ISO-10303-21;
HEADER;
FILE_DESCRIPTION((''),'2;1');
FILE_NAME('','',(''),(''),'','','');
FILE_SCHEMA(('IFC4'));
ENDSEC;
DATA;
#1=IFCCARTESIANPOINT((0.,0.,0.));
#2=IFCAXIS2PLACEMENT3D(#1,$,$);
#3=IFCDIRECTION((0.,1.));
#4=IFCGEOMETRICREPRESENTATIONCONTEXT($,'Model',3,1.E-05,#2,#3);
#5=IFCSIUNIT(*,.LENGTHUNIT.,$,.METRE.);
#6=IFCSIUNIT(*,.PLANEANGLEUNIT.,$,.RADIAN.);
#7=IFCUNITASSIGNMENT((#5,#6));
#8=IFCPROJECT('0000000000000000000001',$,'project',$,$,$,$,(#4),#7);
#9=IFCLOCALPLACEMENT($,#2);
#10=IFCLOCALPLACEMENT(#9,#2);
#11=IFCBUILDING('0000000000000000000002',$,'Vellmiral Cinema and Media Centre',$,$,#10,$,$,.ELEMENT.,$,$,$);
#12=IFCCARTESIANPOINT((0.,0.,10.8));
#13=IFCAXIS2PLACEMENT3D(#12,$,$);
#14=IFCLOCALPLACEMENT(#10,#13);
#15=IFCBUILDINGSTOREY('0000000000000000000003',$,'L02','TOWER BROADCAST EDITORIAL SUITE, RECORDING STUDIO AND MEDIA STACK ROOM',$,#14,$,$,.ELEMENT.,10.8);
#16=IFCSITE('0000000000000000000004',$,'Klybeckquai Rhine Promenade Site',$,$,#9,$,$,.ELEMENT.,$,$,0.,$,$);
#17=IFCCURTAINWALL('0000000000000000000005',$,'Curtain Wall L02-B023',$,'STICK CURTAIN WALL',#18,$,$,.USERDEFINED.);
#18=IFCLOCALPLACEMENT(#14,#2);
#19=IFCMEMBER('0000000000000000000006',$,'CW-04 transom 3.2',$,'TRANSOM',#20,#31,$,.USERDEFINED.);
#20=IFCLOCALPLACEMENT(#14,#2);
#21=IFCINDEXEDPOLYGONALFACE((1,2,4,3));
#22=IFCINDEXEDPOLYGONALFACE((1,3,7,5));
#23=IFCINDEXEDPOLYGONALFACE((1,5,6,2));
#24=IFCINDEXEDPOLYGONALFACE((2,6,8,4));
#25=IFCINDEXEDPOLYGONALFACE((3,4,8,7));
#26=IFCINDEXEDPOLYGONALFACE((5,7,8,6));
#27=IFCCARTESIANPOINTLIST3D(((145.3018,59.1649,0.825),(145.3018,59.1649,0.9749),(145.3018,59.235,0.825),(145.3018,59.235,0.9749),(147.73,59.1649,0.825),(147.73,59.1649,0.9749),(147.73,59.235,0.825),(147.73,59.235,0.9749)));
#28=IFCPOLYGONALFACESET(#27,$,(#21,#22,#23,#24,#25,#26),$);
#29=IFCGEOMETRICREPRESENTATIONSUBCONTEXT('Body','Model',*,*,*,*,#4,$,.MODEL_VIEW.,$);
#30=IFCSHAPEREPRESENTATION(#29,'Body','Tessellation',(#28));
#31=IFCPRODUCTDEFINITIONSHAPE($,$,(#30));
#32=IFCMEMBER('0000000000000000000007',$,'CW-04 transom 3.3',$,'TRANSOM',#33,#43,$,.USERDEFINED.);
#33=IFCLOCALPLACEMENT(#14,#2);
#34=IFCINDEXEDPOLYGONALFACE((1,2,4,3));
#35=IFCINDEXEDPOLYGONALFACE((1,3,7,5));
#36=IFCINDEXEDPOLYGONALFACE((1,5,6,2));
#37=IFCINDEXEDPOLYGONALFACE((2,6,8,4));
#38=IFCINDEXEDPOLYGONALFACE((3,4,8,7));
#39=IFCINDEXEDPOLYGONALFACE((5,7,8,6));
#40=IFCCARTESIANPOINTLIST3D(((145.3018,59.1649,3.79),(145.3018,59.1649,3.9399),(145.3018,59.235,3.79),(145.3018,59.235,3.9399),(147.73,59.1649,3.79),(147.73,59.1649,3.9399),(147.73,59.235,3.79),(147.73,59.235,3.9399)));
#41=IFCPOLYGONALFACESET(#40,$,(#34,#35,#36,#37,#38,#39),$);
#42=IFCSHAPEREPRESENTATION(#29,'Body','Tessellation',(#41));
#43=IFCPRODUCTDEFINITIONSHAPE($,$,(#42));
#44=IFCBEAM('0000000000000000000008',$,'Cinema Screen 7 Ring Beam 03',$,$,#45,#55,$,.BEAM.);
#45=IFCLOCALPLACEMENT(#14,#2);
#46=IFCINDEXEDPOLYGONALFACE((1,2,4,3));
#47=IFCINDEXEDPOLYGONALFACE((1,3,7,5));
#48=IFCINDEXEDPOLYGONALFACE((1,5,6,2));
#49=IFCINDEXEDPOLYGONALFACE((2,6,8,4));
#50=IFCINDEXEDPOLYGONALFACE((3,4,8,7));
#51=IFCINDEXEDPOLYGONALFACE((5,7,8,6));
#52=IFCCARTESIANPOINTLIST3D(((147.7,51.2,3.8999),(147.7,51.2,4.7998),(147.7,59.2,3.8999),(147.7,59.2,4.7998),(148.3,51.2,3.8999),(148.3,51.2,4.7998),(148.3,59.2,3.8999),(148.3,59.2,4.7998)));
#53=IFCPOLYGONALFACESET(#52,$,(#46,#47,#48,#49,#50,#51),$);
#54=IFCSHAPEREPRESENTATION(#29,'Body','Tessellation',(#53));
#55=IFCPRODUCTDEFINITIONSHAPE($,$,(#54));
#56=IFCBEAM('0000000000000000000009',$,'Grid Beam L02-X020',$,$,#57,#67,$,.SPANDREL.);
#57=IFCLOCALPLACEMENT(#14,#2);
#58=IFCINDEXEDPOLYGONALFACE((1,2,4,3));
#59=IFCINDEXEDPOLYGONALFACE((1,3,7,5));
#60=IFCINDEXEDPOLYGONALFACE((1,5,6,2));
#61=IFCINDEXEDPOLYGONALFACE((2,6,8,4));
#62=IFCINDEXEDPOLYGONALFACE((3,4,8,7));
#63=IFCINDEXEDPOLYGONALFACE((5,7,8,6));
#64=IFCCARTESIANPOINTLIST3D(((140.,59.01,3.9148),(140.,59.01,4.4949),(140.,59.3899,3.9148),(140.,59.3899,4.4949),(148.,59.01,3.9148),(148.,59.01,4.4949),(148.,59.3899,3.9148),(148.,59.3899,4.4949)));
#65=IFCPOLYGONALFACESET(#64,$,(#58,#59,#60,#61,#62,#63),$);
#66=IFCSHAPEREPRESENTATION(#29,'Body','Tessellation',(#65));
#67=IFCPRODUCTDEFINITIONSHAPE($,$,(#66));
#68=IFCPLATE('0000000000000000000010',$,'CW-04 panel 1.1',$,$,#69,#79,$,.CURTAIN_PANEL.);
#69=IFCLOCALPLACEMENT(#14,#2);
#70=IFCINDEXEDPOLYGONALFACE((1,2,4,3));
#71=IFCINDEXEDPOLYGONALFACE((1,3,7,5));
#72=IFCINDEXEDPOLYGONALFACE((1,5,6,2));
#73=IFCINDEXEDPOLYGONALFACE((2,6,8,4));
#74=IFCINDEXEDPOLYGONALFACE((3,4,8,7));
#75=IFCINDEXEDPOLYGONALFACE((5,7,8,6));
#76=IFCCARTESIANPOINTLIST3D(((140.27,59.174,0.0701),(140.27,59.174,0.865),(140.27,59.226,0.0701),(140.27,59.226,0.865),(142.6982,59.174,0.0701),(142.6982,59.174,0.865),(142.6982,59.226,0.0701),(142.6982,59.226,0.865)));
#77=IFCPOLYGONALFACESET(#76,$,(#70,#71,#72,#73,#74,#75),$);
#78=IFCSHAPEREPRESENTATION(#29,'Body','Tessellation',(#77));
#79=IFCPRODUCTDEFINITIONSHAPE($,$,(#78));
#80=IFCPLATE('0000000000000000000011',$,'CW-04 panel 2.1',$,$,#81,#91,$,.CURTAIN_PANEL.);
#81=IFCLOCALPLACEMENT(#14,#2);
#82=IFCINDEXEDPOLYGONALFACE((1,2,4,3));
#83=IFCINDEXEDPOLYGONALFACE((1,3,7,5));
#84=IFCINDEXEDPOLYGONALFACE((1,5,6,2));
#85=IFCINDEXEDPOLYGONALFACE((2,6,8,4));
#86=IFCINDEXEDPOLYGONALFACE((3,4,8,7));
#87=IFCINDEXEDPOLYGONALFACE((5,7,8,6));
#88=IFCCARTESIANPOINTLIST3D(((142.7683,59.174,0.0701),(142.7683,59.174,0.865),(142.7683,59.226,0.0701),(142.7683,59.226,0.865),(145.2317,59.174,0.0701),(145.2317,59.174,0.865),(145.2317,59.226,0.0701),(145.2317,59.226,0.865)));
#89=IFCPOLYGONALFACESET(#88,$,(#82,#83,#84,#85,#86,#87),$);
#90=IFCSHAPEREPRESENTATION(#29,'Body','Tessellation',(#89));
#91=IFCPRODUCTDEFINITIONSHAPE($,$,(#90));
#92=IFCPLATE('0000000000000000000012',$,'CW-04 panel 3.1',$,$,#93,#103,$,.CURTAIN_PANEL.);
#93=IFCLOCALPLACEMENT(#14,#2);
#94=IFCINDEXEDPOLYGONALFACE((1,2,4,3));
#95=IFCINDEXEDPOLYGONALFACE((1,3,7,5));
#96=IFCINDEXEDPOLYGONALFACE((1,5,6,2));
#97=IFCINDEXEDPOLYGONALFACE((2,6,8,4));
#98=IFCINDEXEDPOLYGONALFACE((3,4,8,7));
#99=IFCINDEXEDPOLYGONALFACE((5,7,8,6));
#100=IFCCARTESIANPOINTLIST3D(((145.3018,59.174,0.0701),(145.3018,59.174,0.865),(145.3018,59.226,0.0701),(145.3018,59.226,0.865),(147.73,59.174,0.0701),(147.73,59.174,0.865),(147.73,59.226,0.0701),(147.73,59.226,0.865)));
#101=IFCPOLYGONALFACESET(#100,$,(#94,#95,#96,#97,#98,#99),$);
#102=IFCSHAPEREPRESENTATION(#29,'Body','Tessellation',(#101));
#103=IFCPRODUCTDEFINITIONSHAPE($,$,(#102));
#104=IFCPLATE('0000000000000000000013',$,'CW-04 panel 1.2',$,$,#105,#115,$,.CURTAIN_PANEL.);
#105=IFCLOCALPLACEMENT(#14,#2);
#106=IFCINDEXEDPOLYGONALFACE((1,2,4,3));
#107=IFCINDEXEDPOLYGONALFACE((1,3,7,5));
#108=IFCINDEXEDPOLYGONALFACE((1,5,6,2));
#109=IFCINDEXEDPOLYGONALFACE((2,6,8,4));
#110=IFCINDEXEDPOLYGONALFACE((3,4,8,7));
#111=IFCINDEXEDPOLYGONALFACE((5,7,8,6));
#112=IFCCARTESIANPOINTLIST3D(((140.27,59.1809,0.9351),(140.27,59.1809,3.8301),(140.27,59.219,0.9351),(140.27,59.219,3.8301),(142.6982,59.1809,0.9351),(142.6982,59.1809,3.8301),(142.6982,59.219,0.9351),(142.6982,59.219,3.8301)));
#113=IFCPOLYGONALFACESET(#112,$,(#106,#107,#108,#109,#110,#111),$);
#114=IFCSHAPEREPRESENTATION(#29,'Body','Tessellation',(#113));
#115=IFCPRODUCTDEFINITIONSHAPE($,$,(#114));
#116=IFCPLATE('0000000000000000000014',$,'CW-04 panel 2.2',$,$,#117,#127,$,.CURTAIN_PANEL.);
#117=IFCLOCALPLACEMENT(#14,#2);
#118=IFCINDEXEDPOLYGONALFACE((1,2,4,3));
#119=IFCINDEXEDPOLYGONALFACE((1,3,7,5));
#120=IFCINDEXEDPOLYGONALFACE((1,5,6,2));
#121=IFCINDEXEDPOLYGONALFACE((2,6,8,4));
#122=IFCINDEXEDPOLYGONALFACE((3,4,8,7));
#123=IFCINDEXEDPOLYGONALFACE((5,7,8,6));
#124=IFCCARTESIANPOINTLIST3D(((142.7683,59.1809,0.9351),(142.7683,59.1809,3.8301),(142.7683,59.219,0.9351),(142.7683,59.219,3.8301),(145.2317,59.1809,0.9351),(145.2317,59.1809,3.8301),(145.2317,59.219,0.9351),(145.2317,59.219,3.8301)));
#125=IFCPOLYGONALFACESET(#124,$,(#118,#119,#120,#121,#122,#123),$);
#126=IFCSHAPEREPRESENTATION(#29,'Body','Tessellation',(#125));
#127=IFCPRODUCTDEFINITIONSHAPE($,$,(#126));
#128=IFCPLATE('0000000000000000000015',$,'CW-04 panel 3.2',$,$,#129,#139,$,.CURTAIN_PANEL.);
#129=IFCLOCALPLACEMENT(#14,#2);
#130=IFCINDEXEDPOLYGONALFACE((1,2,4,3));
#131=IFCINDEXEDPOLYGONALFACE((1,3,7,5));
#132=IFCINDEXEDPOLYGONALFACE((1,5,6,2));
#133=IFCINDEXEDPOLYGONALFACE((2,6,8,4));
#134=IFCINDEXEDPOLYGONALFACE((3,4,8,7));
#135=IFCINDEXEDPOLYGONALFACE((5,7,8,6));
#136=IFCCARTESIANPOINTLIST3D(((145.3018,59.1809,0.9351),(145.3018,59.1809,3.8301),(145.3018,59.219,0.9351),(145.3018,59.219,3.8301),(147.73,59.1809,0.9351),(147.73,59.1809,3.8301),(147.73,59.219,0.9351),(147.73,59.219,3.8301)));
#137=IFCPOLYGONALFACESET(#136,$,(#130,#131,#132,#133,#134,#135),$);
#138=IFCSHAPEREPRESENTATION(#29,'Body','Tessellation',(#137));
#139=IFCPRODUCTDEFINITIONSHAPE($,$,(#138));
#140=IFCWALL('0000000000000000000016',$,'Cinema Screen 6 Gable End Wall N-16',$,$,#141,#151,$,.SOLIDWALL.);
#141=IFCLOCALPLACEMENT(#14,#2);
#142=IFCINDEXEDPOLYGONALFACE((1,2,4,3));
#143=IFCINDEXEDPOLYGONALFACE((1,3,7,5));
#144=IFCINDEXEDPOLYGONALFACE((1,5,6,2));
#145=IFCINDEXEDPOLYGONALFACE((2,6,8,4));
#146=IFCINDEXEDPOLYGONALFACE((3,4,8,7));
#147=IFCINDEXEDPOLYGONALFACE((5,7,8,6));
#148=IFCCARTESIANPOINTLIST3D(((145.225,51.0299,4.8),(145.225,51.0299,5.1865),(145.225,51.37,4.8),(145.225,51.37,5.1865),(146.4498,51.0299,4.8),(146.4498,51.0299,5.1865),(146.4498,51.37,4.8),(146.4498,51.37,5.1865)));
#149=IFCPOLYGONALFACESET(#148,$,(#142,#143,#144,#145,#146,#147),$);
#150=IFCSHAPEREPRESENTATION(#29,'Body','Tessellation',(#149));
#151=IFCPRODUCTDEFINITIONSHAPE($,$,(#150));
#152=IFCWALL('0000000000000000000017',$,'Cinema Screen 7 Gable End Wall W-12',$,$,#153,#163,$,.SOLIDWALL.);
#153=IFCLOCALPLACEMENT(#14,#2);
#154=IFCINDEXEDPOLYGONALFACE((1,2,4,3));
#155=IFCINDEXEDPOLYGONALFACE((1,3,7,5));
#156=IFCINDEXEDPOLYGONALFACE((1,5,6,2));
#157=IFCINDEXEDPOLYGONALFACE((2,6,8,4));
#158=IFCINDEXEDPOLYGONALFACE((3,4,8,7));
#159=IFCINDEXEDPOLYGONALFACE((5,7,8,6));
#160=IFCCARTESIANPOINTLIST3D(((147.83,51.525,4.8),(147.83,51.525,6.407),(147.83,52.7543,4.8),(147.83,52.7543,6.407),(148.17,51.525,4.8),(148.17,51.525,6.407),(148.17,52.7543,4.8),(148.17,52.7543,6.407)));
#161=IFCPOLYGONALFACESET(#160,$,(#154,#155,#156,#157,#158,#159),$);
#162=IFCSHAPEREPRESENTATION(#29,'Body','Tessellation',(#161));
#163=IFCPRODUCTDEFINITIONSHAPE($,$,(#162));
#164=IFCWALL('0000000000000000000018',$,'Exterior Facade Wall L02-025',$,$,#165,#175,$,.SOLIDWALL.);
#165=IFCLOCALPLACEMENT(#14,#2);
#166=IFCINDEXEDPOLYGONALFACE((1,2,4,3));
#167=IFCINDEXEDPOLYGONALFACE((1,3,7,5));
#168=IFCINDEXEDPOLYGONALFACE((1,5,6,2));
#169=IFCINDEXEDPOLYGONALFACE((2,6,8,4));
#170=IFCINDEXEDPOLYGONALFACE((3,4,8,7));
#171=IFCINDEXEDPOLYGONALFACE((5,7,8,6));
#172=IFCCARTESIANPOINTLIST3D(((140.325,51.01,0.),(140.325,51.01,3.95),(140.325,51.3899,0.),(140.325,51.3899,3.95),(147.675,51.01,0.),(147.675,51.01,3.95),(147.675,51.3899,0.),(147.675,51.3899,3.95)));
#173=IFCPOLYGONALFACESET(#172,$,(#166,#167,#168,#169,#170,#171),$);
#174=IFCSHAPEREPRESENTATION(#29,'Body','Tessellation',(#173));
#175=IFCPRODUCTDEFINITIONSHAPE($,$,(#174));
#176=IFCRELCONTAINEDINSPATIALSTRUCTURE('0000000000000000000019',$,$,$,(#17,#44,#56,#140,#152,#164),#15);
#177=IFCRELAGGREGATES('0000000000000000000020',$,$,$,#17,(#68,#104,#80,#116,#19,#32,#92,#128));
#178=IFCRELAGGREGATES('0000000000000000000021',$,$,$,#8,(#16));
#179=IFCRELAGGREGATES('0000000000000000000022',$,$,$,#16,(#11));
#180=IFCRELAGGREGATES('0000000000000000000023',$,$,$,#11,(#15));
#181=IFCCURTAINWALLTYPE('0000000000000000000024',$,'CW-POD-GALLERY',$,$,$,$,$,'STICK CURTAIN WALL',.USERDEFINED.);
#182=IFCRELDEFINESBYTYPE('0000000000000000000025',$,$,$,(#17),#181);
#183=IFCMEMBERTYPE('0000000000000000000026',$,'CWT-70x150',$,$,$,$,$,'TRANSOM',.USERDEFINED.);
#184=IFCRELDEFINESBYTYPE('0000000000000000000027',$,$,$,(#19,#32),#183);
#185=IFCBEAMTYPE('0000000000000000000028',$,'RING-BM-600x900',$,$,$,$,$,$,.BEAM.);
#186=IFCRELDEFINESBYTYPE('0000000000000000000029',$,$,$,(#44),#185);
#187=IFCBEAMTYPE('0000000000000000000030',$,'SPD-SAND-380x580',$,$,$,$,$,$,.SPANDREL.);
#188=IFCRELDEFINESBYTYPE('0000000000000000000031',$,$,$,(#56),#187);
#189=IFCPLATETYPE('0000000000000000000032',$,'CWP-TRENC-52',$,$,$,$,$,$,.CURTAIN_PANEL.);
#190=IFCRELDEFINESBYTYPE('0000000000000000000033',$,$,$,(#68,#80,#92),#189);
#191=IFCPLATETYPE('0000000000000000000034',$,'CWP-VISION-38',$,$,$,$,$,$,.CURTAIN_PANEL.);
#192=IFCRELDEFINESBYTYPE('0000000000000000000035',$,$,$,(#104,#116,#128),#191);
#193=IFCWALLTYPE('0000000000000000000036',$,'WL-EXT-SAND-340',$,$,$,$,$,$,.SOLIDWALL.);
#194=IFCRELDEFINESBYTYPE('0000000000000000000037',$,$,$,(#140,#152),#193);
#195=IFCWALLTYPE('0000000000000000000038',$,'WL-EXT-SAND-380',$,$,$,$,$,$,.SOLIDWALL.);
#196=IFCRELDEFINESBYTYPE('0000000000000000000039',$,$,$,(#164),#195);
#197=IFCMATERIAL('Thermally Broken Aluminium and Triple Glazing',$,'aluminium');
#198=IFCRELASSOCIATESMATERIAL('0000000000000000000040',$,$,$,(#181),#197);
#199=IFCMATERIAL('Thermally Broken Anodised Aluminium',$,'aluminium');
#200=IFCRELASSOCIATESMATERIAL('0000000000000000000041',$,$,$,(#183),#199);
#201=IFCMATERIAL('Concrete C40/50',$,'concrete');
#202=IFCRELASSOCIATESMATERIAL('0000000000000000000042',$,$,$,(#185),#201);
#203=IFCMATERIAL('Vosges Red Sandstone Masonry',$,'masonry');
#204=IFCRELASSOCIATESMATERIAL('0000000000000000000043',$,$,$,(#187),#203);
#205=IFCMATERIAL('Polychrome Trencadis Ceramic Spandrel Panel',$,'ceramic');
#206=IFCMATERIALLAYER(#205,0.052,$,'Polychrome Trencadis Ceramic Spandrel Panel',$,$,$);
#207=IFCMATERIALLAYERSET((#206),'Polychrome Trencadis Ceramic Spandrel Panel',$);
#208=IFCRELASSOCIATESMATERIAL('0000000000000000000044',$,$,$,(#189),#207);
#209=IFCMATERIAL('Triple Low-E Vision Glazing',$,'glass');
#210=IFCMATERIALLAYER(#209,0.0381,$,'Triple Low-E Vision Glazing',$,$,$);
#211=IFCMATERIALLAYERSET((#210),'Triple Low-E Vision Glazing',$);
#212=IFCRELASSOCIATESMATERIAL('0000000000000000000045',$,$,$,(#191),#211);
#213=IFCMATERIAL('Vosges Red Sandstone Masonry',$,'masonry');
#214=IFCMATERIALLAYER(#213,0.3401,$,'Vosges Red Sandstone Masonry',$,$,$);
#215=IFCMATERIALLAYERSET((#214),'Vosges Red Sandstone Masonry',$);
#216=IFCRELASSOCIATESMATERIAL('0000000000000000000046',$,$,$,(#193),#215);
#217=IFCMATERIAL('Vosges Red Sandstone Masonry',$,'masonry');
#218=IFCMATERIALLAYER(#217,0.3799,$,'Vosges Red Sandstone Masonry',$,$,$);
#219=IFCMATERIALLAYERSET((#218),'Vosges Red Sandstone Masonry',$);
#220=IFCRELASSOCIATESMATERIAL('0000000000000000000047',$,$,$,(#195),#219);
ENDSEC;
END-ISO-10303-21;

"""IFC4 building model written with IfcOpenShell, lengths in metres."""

from ifc_helpers import new_model, si_unit, direction, frame, frame_2d, origin, origin_2d, place, context, subcontext, project, spatial, rectangle, extrude, material, layer, layer_set, material_profile, profile_set, type_object, element, aggregate, save


model = new_model("IFC4")

# Units and contexts
model_context = context("Model", 3, precision=1e-05, world=origin(), true_north=direction((0.0, 1.0)))
body_context = subcontext(model_context, "Body", "Model", "MODEL_VIEW")
ifc_project = project(units=[si_unit("LENGTHUNIT", "METRE"), si_unit("PLANEANGLEUNIT", "RADIAN")], contexts=[model_context])

# Site, building, storey
site_placement = place(None, origin())
site = spatial("IfcSite", under=ifc_project, at=site_placement, Name="Klybeckquai Rhine Promenade Site", CompositionType="ELEMENT", RefElevation=0.0)
building_placement = place(site_placement, origin())
building = spatial("IfcBuilding", under=site, at=building_placement, Name="Vellmiral Cinema and Media Centre", CompositionType="ELEMENT")
storey_placement = place(building_placement, frame((0.0, 0.0, 10.8)))
storey = spatial("IfcBuildingStorey", under=building, at=storey_placement, Name="L02", Description="TOWER BROADCAST EDITORIAL SUITE, RECORDING STUDIO AND MEDIA STACK ROOM", CompositionType="ELEMENT", Elevation=10.8)

# Curtain wall, members
ifc_material_1 = material(Name="Thermally Broken Aluminium and Triple Glazing", Category="aluminium")
curtain_wall_type = type_object("IfcCurtainWallType", Name="CW-POD-GALLERY", ElementType="STICK CURTAIN WALL", PredefinedType="USERDEFINED", material=ifc_material_1)
curtain_wall_placement = place(storey_placement, origin())
curtain_wall = element("IfcCurtainWall", 1, at=curtain_wall_placement, inside=storey, type_object=curtain_wall_type, Name="Curtain Wall L02-B023", ObjectType="STICK CURTAIN WALL", PredefinedType="USERDEFINED")
ifc_material_2 = material(Name="Thermally Broken Anodised Aluminium", Category="aluminium")
ifc_material_profile_1 = material_profile(ifc_material_2, rectangle(XDim=0.0701, YDim=0.1499, at=origin_2d()), Name="MULL 70x150")
ifc_profile_set_1 = profile_set([ifc_material_profile_1], Name="Thermally Broken Anodised Aluminium")
member_type_1 = type_object("IfcMemberType", Name="CWT-70x150", ElementType="TRANSOM", PredefinedType="USERDEFINED", material=ifc_profile_set_1)
member_1_placement = place(storey_placement, frame((145.3018, 59.2, 0.8999), z_axis=(1.0, 0.0, 0.0), x_axis=(0.0, 1.0, 0.0)))
member_1 = element("IfcMember", 2, at=member_1_placement, type_object=member_type_1, Name="CW-04 transom 3.2", ObjectType="TRANSOM", PredefinedType="USERDEFINED", context=body_context, shape_type="SweptSolid", body=[
    extrude(rectangle(XDim=0.0701, YDim=0.1499, at=origin_2d()), origin(), (0.0, 0.0, 1.0), 2.4282),
])
member_2_placement = place(storey_placement, frame((145.3018, 59.2, 3.865), z_axis=(1.0, 0.0, 0.0), x_axis=(0.0, 1.0, 0.0)))
member_2 = element("IfcMember", 3, at=member_2_placement, type_object=member_type_1, Name="CW-04 transom 3.3", ObjectType="TRANSOM", PredefinedType="USERDEFINED", context=body_context, shape_type="SweptSolid", body=[
    extrude(rectangle(XDim=0.0701, YDim=0.1499, at=origin_2d()), origin(), (0.0, 0.0, 1.0), 2.4282),
])

# Beams
ifc_material_3 = material(Name="Concrete C40/50", Category="concrete")
ifc_material_profile_2 = material_profile(ifc_material_3, rectangle(XDim=0.6001, YDim=0.8999, at=origin_2d()), Name="RC 600x900")
ifc_profile_set_2 = profile_set([ifc_material_profile_2], Name="Concrete C40/50")
beam_type_1 = type_object("IfcBeamType", Name="RING-BM-600x900", PredefinedType="BEAM", material=ifc_profile_set_2)
beam_1_placement = place(storey_placement, frame((148.0, 51.2, 4.3499), z_axis=(0.0, 1.0, 0.0), x_axis=(-1.0, 0.0, 0.0)))
element("IfcBeam", 4, at=beam_1_placement, inside=storey, type_object=beam_type_1, Name="Cinema Screen 7 Ring Beam 03", PredefinedType="BEAM", context=body_context, shape_type="SweptSolid", body=[
    extrude(rectangle(XDim=0.6001, YDim=0.8999, at=origin_2d()), origin(), (0.0, 0.0, 1.0), 8.0),
])
ifc_material_4 = material(Name="Vosges Red Sandstone Masonry", Category="masonry")
ifc_material_profile_3 = material_profile(ifc_material_4, rectangle(XDim=0.3799, YDim=0.5801, at=origin_2d()), Name="SAND 380x580")
ifc_profile_set_3 = profile_set([ifc_material_profile_3], Name="Vosges Red Sandstone Masonry")
beam_type_2 = type_object("IfcBeamType", Name="SPD-SAND-380x580", PredefinedType="SPANDREL", material=ifc_profile_set_3)
beam_2_placement = place(storey_placement, frame((140.0, 59.2, 4.2048), z_axis=(1.0, 0.0, 0.0), x_axis=(0.0, 1.0, 0.0)))
element("IfcBeam", 5, at=beam_2_placement, inside=storey, type_object=beam_type_2, Name="Grid Beam L02-X020", PredefinedType="SPANDREL", context=body_context, shape_type="SweptSolid", body=[
    extrude(rectangle(XDim=0.3799, YDim=0.5801, at=origin_2d()), origin(), (0.0, 0.0, 1.0), 8.0),
])

# Plates
ifc_material_5 = material(Name="Polychrome Trencadis Ceramic Spandrel Panel", Category="ceramic")
ifc_layer_1 = layer(ifc_material_5, 0.052, Name="Polychrome Trencadis Ceramic Spandrel Panel")
ifc_layer_set_1 = layer_set([ifc_layer_1], Name="Polychrome Trencadis Ceramic Spandrel Panel")
plate_type_1 = type_object("IfcPlateType", Name="CWP-TRENC-52", PredefinedType="CURTAIN_PANEL", material=ifc_layer_set_1)
plate_1_placement = place(storey_placement, frame((141.4841, 59.2, 0.0701), z_axis=(0.0, 0.0, 1.0), x_axis=(1.0, 0.0, 0.0)))
plate_1 = element("IfcPlate", 6, at=plate_1_placement, type_object=plate_type_1, Name="CW-04 panel 1.1", PredefinedType="CURTAIN_PANEL", context=body_context, shape_type="SweptSolid", body=[
    extrude(rectangle(XDim=2.4282, YDim=0.052, at=origin_2d()), origin(), (0.0, 0.0, 1.0), 0.7949),
])
plate_2_placement = place(storey_placement, frame((144.0, 59.2, 0.0701), z_axis=(0.0, 0.0, 1.0), x_axis=(1.0, 0.0, 0.0)))
plate_2 = element("IfcPlate", 7, at=plate_2_placement, type_object=plate_type_1, Name="CW-04 panel 2.1", PredefinedType="CURTAIN_PANEL", context=body_context, shape_type="SweptSolid", body=[
    extrude(rectangle(XDim=2.4634, YDim=0.052, at=origin_2d()), origin(), (0.0, 0.0, 1.0), 0.7949),
])
plate_3_placement = place(storey_placement, frame((146.5159, 59.2, 0.0701), z_axis=(0.0, 0.0, 1.0), x_axis=(1.0, 0.0, 0.0)))
plate_3 = element("IfcPlate", 8, at=plate_3_placement, type_object=plate_type_1, Name="CW-04 panel 3.1", PredefinedType="CURTAIN_PANEL", context=body_context, shape_type="SweptSolid", body=[
    extrude(rectangle(XDim=2.4282, YDim=0.052, at=origin_2d()), origin(), (0.0, 0.0, 1.0), 0.7949),
])
ifc_material_6 = material(Name="Triple Low-E Vision Glazing", Category="glass")
ifc_layer_2 = layer(ifc_material_6, 0.0381, Name="Triple Low-E Vision Glazing")
ifc_layer_set_2 = layer_set([ifc_layer_2], Name="Triple Low-E Vision Glazing")
plate_type_2 = type_object("IfcPlateType", Name="CWP-VISION-38", PredefinedType="CURTAIN_PANEL", material=ifc_layer_set_2)
plate_4_placement = place(storey_placement, frame((141.4841, 59.2, 0.9351), z_axis=(0.0, 0.0, 1.0), x_axis=(1.0, 0.0, 0.0)))
plate_4 = element("IfcPlate", 9, at=plate_4_placement, type_object=plate_type_2, Name="CW-04 panel 1.2", PredefinedType="CURTAIN_PANEL", context=body_context, shape_type="SweptSolid", body=[
    extrude(rectangle(XDim=2.4282, YDim=0.0381, at=origin_2d()), origin(), (0.0, 0.0, 1.0), 2.895),
])
plate_5_placement = place(storey_placement, frame((144.0, 59.2, 0.9351), z_axis=(0.0, 0.0, 1.0), x_axis=(1.0, 0.0, 0.0)))
plate_5 = element("IfcPlate", 10, at=plate_5_placement, type_object=plate_type_2, Name="CW-04 panel 2.2", PredefinedType="CURTAIN_PANEL", context=body_context, shape_type="SweptSolid", body=[
    extrude(rectangle(XDim=2.4634, YDim=0.0381, at=origin_2d()), origin(), (0.0, 0.0, 1.0), 2.895),
])
plate_6_placement = place(storey_placement, frame((146.5159, 59.2, 0.9351), z_axis=(0.0, 0.0, 1.0), x_axis=(1.0, 0.0, 0.0)))
plate_6 = element("IfcPlate", 11, at=plate_6_placement, type_object=plate_type_2, Name="CW-04 panel 3.2", PredefinedType="CURTAIN_PANEL", context=body_context, shape_type="SweptSolid", body=[
    extrude(rectangle(XDim=2.4282, YDim=0.0381, at=origin_2d()), origin(), (0.0, 0.0, 1.0), 2.895),
])
aggregate(curtain_wall, [plate_1, plate_4, plate_2, plate_5, member_1, member_2, plate_3, plate_6])

# Walls
ifc_material_7 = material(Name="Vosges Red Sandstone Masonry", Category="masonry")
ifc_layer_3 = layer(ifc_material_7, 0.3401, Name="Vosges Red Sandstone Masonry")
ifc_layer_set_3 = layer_set([ifc_layer_3], Name="Vosges Red Sandstone Masonry")
wall_type_1 = type_object("IfcWallType", Name="WL-EXT-SAND-340", PredefinedType="SOLIDWALL", material=ifc_layer_set_3)
wall_1_placement = place(storey_placement, frame((145.2251, 51.2, 4.8), z_axis=(0.0, 0.0, 1.0), x_axis=(1.0, 0.0, 0.0)))
element("IfcWall", 12, at=wall_1_placement, inside=storey, type_object=wall_type_1, Name="Cinema Screen 6 Gable End Wall N-16", PredefinedType="SOLIDWALL", context=body_context, shape_type="SweptSolid", body=[
    extrude(rectangle(XDim=1.2249, YDim=0.3401, at=frame_2d((0.6123, 0.0))), origin(), (0.0, 0.0, 1.0), 0.3865),
])
wall_2_placement = place(storey_placement, frame((148.0, 51.5249, 4.8), z_axis=(0.0, 0.0, 1.0), x_axis=(0.0, 1.0, 0.0)))
element("IfcWall", 13, at=wall_2_placement, inside=storey, type_object=wall_type_1, Name="Cinema Screen 7 Gable End Wall W-12", PredefinedType="SOLIDWALL", context=body_context, shape_type="SweptSolid", body=[
    extrude(rectangle(XDim=1.2292, YDim=0.3401, at=frame_2d((0.6147, 0.0))), origin(), (0.0, 0.0, 1.0), 1.6069),
])
ifc_material_8 = material(Name="Vosges Red Sandstone Masonry", Category="masonry")
ifc_layer_4 = layer(ifc_material_8, 0.3799, Name="Vosges Red Sandstone Masonry")
ifc_layer_set_4 = layer_set([ifc_layer_4], Name="Vosges Red Sandstone Masonry")
wall_type_2 = type_object("IfcWallType", Name="WL-EXT-SAND-380", PredefinedType="SOLIDWALL", material=ifc_layer_set_4)
wall_3_placement = place(storey_placement, frame((147.675, 51.2, 0.0), z_axis=(0.0, 0.0, 1.0), x_axis=(-1.0, 0.0, 0.0)))
element("IfcWall", 14, at=wall_3_placement, inside=storey, type_object=wall_type_2, Name="Exterior Facade Wall L02-025", PredefinedType="SOLIDWALL", context=body_context, shape_type="SweptSolid", body=[
    extrude(rectangle(XDim=7.3501, YDim=0.3799, at=frame_2d((3.675, 0.0))), origin(), (0.0, 0.0, 1.0), 3.95),
])

save(model, "model.ifc")
